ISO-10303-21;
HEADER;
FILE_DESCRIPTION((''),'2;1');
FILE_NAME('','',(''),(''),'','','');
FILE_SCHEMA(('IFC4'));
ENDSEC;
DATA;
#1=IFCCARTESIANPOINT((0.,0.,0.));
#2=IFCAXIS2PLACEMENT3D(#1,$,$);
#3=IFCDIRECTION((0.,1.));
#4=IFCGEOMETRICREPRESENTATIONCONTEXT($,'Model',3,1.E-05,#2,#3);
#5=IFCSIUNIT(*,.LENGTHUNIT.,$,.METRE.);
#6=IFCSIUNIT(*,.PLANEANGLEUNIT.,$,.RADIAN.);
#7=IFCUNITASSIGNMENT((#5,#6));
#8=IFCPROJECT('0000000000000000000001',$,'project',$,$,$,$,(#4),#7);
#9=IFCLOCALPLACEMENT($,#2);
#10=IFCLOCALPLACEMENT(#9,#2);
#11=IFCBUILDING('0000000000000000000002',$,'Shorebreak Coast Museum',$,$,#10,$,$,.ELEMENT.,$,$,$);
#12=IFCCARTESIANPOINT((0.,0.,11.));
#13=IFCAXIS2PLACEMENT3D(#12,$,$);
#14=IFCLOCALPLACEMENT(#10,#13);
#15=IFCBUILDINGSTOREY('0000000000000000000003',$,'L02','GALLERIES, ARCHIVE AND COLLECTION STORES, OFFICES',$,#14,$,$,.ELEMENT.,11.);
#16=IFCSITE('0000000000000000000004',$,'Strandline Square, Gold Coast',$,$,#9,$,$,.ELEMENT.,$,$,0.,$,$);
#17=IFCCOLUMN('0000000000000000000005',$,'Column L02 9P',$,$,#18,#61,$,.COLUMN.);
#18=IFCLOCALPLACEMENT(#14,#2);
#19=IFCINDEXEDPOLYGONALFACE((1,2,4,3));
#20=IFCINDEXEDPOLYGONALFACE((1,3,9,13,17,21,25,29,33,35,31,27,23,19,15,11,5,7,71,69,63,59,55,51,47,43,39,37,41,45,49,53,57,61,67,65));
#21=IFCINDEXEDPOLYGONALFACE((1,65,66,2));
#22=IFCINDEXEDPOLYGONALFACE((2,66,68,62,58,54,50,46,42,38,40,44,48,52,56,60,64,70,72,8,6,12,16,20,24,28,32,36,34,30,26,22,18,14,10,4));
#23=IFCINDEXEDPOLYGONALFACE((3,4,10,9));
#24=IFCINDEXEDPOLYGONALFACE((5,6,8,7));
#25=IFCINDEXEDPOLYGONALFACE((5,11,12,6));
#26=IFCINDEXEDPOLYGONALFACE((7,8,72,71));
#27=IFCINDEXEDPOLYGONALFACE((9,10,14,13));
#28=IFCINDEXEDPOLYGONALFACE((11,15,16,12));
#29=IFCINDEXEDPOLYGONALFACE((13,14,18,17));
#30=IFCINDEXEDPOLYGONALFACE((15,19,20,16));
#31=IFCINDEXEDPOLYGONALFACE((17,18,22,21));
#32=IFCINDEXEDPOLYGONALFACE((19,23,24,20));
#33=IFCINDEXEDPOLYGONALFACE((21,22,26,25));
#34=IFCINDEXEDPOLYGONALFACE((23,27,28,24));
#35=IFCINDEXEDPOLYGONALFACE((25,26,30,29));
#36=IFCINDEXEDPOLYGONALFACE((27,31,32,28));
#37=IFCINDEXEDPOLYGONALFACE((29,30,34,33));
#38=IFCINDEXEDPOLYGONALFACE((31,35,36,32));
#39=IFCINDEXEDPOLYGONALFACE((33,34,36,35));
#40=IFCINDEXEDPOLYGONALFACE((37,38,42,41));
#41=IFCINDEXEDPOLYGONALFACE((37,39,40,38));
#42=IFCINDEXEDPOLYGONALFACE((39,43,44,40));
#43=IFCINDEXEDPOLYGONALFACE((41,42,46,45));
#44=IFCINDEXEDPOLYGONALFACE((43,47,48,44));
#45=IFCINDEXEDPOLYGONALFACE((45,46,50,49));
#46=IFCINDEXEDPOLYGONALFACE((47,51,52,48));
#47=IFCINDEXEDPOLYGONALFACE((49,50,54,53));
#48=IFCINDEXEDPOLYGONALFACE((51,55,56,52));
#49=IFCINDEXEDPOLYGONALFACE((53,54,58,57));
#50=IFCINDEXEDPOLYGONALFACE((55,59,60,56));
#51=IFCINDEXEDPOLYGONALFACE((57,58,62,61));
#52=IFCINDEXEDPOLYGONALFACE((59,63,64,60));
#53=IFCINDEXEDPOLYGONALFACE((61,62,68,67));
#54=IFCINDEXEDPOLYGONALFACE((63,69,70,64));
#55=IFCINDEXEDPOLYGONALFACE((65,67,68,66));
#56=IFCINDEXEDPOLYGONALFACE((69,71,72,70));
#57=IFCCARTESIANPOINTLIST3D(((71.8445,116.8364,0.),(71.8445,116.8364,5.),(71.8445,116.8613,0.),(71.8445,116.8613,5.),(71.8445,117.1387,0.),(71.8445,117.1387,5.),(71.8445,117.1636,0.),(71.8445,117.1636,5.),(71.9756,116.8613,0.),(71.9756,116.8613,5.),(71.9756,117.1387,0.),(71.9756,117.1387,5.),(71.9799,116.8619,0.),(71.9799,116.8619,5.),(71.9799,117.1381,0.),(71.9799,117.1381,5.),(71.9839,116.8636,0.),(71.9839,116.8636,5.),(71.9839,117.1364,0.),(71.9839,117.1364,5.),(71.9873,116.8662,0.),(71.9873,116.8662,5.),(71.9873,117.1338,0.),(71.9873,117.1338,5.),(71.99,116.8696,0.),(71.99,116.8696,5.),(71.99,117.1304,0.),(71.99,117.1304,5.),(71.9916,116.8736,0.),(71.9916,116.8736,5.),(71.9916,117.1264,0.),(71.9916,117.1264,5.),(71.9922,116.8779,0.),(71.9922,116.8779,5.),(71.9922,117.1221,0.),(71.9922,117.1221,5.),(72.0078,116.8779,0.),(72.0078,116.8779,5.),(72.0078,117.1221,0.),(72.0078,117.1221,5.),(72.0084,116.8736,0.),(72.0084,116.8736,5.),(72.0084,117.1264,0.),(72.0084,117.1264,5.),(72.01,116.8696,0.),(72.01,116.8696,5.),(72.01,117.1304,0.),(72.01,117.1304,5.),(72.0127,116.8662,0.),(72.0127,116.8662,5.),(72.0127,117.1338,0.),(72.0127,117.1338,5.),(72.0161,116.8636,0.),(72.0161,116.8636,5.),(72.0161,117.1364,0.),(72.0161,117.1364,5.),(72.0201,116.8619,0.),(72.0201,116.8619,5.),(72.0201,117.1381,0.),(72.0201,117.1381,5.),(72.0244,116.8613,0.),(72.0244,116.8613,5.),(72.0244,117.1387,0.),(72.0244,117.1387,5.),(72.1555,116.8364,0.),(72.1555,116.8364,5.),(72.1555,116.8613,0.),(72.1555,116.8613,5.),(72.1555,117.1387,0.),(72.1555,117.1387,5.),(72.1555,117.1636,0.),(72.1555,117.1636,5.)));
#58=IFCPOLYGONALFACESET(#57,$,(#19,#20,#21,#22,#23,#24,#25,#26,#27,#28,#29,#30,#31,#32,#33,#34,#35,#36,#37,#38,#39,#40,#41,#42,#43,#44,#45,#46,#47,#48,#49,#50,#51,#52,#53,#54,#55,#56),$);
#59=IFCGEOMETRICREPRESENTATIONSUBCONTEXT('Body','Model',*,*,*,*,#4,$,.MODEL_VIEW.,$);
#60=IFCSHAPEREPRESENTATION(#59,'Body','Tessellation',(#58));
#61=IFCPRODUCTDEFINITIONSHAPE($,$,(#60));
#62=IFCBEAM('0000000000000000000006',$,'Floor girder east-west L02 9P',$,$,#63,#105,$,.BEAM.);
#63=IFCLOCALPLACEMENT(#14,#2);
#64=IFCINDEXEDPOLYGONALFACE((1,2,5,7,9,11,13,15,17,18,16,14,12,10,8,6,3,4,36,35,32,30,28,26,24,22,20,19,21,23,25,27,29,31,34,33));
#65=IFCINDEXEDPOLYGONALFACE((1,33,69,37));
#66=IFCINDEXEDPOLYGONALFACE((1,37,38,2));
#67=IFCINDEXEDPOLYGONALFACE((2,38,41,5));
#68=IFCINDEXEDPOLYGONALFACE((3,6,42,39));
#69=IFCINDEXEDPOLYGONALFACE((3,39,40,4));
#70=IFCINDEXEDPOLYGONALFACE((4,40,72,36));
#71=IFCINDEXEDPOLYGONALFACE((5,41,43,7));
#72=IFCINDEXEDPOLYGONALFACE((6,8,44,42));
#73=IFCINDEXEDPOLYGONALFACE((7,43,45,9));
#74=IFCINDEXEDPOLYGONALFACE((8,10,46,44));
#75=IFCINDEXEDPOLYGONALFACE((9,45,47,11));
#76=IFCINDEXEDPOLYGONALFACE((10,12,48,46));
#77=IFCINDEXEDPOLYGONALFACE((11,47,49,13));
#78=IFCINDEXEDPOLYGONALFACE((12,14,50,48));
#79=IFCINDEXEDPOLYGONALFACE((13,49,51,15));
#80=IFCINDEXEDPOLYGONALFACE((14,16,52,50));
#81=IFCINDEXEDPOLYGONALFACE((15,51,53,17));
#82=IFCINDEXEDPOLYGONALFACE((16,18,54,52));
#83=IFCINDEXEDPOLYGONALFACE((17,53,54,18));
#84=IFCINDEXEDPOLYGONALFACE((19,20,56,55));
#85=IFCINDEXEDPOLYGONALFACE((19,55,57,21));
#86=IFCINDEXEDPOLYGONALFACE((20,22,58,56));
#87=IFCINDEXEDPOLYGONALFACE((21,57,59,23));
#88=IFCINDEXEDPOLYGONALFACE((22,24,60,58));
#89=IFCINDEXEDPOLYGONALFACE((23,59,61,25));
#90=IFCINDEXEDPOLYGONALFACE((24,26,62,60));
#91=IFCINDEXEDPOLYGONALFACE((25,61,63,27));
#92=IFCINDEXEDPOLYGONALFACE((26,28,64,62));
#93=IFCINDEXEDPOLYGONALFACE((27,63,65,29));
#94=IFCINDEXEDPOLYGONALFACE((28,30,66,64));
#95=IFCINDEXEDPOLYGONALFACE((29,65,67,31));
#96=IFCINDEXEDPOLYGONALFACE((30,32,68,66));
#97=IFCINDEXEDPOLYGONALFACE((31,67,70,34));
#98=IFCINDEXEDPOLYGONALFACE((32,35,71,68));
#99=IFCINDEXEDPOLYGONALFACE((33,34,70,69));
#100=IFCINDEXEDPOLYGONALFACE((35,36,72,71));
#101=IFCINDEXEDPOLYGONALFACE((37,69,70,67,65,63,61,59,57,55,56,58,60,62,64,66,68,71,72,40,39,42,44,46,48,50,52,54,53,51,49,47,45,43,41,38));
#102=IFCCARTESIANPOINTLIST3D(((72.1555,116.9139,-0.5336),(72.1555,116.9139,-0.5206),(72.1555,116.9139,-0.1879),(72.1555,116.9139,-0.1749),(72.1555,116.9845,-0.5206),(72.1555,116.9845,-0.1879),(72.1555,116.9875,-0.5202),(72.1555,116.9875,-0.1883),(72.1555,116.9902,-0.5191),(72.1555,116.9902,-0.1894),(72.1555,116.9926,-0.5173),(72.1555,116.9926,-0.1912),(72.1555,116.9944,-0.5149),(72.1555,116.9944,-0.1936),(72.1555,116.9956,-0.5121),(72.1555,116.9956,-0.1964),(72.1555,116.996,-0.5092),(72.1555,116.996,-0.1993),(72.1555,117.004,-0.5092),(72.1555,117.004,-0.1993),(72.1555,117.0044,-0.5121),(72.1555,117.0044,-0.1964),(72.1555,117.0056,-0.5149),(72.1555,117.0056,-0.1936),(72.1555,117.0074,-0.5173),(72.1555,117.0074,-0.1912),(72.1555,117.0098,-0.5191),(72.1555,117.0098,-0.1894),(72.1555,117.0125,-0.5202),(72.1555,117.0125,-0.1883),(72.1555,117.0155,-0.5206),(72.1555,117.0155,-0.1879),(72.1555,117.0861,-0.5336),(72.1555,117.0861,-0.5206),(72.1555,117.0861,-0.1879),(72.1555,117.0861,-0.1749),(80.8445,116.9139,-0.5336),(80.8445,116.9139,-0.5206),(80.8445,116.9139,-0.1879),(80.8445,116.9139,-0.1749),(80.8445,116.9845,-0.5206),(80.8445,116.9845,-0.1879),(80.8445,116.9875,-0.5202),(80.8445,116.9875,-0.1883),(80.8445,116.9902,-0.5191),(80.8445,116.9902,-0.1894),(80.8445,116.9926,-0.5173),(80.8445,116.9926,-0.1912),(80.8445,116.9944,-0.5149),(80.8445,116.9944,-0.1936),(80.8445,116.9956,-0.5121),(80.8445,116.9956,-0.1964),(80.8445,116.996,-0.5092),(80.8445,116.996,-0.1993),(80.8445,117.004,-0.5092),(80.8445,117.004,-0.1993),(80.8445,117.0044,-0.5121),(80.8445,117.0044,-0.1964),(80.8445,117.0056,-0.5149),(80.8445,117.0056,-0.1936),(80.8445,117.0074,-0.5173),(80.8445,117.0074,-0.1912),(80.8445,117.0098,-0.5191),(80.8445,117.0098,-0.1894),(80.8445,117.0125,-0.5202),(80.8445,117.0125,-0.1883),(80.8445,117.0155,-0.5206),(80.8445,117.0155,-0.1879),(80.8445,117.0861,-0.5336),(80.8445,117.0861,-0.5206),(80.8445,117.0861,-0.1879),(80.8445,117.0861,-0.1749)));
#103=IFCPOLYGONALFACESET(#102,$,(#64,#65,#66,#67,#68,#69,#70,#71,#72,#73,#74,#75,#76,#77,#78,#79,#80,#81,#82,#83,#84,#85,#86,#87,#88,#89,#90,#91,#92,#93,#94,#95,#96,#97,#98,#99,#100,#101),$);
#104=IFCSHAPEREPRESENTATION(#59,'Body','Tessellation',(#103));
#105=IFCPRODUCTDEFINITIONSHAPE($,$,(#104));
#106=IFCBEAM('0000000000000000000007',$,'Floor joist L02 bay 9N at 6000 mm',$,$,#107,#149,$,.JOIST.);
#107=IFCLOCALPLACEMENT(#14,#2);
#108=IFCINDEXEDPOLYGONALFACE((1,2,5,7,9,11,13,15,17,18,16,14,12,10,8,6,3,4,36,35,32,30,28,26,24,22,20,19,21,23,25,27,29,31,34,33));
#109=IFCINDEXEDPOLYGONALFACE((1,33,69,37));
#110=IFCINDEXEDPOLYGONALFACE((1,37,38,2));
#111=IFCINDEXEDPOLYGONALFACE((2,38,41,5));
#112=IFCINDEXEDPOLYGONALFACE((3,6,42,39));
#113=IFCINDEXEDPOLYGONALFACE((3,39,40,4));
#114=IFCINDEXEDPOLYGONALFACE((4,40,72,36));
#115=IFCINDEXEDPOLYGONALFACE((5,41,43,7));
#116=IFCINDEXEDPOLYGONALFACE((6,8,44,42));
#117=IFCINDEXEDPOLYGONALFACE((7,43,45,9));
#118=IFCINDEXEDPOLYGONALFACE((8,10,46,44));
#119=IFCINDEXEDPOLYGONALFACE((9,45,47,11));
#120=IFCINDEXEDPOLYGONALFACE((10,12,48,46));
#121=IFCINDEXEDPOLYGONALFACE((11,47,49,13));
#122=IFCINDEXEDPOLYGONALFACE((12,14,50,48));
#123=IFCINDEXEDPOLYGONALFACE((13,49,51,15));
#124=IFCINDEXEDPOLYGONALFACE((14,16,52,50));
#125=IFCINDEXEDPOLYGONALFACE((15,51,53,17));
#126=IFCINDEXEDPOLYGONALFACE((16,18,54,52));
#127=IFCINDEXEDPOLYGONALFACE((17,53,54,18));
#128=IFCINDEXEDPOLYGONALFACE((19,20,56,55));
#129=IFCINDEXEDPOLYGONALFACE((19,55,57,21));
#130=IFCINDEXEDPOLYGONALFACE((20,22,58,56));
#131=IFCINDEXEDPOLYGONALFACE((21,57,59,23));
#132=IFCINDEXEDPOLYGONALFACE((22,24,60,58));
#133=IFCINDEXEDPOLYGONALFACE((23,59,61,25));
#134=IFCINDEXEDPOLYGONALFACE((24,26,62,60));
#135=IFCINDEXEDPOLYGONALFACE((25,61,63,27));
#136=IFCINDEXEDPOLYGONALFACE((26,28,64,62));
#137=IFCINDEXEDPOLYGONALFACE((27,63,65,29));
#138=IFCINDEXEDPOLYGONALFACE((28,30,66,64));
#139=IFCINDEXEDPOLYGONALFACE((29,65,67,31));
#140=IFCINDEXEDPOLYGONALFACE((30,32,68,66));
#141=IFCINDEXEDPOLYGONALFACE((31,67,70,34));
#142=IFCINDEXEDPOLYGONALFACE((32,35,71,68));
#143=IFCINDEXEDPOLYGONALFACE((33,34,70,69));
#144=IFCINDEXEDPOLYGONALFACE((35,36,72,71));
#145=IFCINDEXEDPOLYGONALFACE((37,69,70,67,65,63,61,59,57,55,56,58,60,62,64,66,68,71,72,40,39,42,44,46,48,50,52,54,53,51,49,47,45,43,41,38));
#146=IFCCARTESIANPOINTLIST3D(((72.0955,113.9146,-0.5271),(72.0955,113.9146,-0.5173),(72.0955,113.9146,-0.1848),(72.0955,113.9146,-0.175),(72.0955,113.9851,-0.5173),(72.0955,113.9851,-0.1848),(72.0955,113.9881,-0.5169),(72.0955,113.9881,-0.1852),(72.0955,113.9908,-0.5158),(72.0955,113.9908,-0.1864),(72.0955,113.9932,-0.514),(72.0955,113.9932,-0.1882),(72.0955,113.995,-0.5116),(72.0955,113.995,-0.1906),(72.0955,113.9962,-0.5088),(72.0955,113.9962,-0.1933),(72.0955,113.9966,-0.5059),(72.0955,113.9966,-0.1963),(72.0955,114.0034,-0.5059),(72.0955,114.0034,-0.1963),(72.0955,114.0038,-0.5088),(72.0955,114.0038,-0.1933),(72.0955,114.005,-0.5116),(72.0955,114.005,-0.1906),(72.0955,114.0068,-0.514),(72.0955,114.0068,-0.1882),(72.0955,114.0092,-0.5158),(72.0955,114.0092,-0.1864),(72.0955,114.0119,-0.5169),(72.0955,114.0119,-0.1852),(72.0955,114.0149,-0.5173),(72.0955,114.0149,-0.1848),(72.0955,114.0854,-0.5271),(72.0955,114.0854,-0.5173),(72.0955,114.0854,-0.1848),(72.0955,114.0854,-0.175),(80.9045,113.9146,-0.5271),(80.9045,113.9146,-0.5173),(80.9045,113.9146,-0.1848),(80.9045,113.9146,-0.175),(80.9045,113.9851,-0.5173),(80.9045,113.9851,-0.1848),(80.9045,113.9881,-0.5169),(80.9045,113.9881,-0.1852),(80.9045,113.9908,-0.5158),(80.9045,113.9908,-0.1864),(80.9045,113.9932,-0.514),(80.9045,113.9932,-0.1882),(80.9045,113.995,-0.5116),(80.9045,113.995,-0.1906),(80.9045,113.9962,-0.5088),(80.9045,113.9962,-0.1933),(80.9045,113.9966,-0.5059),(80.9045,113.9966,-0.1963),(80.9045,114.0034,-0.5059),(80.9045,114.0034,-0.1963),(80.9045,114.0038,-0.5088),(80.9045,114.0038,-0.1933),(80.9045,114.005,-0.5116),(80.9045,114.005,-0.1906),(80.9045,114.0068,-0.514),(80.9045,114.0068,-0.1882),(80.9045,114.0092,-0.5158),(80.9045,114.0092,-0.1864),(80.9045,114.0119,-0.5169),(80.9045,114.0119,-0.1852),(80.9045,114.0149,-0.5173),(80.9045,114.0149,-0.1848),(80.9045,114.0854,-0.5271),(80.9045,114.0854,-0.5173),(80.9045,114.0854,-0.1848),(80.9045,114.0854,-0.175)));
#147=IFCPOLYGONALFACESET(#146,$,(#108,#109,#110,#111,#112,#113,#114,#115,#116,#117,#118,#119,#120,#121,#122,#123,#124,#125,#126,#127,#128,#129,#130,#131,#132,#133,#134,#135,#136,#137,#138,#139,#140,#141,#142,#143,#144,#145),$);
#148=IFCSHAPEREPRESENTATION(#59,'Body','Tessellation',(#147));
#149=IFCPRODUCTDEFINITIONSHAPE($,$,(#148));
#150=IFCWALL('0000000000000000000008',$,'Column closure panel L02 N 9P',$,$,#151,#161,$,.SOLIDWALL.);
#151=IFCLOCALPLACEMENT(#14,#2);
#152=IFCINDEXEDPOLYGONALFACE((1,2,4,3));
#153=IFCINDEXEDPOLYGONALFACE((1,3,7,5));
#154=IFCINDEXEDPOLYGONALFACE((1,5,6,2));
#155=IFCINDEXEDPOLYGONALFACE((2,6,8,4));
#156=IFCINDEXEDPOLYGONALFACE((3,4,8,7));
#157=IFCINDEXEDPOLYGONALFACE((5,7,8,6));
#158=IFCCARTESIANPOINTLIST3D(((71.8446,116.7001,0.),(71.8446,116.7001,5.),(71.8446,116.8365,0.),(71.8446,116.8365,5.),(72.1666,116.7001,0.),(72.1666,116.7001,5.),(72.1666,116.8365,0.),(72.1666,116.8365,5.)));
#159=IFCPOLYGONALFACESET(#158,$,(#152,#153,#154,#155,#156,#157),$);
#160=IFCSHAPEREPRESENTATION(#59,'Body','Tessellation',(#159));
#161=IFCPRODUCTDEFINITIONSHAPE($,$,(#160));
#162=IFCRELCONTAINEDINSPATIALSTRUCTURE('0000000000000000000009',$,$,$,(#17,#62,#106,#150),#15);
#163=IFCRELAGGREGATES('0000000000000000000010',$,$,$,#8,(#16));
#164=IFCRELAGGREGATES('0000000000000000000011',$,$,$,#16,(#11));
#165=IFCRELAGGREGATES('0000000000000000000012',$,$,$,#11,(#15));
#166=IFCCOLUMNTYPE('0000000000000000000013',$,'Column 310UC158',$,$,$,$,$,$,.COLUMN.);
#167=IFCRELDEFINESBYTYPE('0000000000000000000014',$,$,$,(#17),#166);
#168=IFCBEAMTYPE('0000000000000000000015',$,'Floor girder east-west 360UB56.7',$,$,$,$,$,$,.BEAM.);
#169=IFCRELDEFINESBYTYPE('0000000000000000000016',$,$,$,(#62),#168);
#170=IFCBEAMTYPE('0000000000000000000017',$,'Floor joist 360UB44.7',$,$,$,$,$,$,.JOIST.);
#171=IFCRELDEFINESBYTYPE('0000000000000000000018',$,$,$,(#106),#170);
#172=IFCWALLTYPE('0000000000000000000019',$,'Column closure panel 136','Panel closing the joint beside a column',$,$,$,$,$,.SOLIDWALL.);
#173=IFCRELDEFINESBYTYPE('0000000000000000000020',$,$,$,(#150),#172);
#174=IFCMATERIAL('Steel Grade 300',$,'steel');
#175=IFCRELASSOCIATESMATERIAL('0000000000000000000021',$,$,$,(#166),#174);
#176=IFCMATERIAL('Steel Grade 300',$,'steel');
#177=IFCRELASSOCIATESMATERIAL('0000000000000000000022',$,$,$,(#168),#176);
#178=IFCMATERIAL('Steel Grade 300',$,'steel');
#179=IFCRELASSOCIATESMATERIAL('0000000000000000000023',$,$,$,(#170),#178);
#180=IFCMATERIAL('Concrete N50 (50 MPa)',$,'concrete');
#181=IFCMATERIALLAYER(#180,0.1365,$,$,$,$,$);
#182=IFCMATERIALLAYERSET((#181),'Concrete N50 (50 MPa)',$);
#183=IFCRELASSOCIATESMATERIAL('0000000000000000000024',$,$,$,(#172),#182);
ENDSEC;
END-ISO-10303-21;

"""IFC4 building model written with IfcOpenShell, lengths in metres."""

from ifc_helpers import new_model, si_unit, direction, frame, frame_2d, origin, origin_2d, place, context, subcontext, project, spatial, rectangle, i_section, extrude, material, layer, layer_set, material_profile, profile_set, type_object, element, save


model = new_model("IFC4")

# Units and contexts
model_context = context("Model", 3, precision=1e-05, world=origin(), true_north=direction((0.0, 1.0)))
body_context = subcontext(model_context, "Body", "Model", "MODEL_VIEW")
ifc_project = project(units=[si_unit("LENGTHUNIT", "METRE"), si_unit("PLANEANGLEUNIT", "RADIAN")], contexts=[model_context])

# Site, building, storey
site_placement = place(None, origin())
site = spatial("IfcSite", under=ifc_project, at=site_placement, Name="Strandline Square, Gold Coast", CompositionType="ELEMENT", RefElevation=0.0)
building_placement = place(site_placement, origin())
building = spatial("IfcBuilding", under=site, at=building_placement, Name="Shorebreak Coast Museum", CompositionType="ELEMENT")
storey_placement = place(building_placement, frame((0.0, 0.0, 11.0)))
storey = spatial("IfcBuildingStorey", under=building, at=storey_placement, Name="L02", Description="GALLERIES, ARCHIVE AND COLLECTION STORES, OFFICES", CompositionType="ELEMENT", Elevation=11.0)

# Column
ifc_material_1 = material(Name="Steel Grade 300", Category="steel")
ifc_material_profile_1 = material_profile(ifc_material_1, i_section(OverallWidth=0.311, OverallDepth=0.3271, WebThickness=0.0156, FlangeThickness=0.0249, FilletRadius=0.0166, at=origin_2d()), Name="310UC158")
ifc_profile_set_1 = profile_set([ifc_material_profile_1], Name="Steel Grade 300")
column_type = type_object("IfcColumnType", Name="Column 310UC158", PredefinedType="COLUMN", material=ifc_profile_set_1)
column_placement = place(storey_placement, frame((72.0, 117.0, 0.0), z_axis=(0.0, 0.0, 1.0), x_axis=(1.0, 0.0, 0.0)))
element("IfcColumn", 1, at=column_placement, inside=storey, type_object=column_type, Name="Column L02 9P", PredefinedType="COLUMN", context=body_context, shape_type="SweptSolid", body=[
    extrude(i_section(OverallWidth=0.311, OverallDepth=0.3271, WebThickness=0.0156, FlangeThickness=0.0249, FilletRadius=0.0166, at=origin_2d()), origin(), (0.0, 0.0, 1.0), 5.0),
])

# Beams
ifc_material_2 = material(Name="Steel Grade 300", Category="steel")
ifc_material_profile_2 = material_profile(ifc_material_2, i_section(OverallWidth=0.1721, OverallDepth=0.3586, WebThickness=0.0081, FlangeThickness=0.0129, FilletRadius=0.0115, at=origin_2d()), Name="360UB56.7")
ifc_profile_set_2 = profile_set([ifc_material_profile_2], Name="Steel Grade 300")
beam_type_1 = type_object("IfcBeamType", Name="Floor girder east-west 360UB56.7", PredefinedType="BEAM", material=ifc_profile_set_2)
beam_1_placement = place(storey_placement, frame((72.1555, 117.0, -0.3542), z_axis=(1.0, 0.0, 0.0), x_axis=(0.0, 1.0, 0.0)))
element("IfcBeam", 2, at=beam_1_placement, inside=storey, type_object=beam_type_1, Name="Floor girder east-west L02 9P", PredefinedType="BEAM", context=body_context, shape_type="SweptSolid", body=[
    extrude(i_section(OverallWidth=0.1721, OverallDepth=0.3586, WebThickness=0.0081, FlangeThickness=0.0129, FilletRadius=0.0115, at=origin_2d()), origin(), (0.0, 0.0, 1.0), 8.689),
])
ifc_material_3 = material(Name="Steel Grade 300", Category="steel")
ifc_material_profile_3 = material_profile(ifc_material_3, i_section(OverallWidth=0.1709, OverallDepth=0.3521, WebThickness=0.0068, FlangeThickness=0.0098, FilletRadius=0.0115, at=origin_2d()), Name="360UB44.7")
ifc_profile_set_3 = profile_set([ifc_material_profile_3], Name="Steel Grade 300")
beam_type_2 = type_object("IfcBeamType", Name="Floor joist 360UB44.7", PredefinedType="JOIST", material=ifc_profile_set_3)
beam_2_placement = place(storey_placement, frame((72.0955, 114.0, -0.3511), z_axis=(1.0, 0.0, 0.0), x_axis=(0.0, 1.0, 0.0)))
element("IfcBeam", 3, at=beam_2_placement, inside=storey, type_object=beam_type_2, Name="Floor joist L02 bay 9N at 6000 mm", PredefinedType="JOIST", context=body_context, shape_type="SweptSolid", body=[
    extrude(i_section(OverallWidth=0.1709, OverallDepth=0.3521, WebThickness=0.0068, FlangeThickness=0.0098, FilletRadius=0.0115, at=origin_2d()), origin(), (0.0, 0.0, 1.0), 8.8091),
])

# Wall
ifc_material_4 = material(Name="Concrete N50 (50 MPa)", Category="concrete")
ifc_layer_1 = layer(ifc_material_4, 0.1365)
ifc_layer_set_1 = layer_set([ifc_layer_1], Name="Concrete N50 (50 MPa)")
wall_type_1 = type_object("IfcWallType", Name="Column closure panel 136", Description="Panel closing the joint beside a column", PredefinedType="SOLIDWALL", material=ifc_layer_set_1)
wall_1_placement = place(storey_placement, frame((71.8445, 116.7683, 0.0), z_axis=(0.0, 0.0, 1.0), x_axis=(1.0, 0.0, 0.0)))
element("IfcWall", 4, at=wall_1_placement, inside=storey, type_object=wall_type_1, Name="Column closure panel L02 N 9P", PredefinedType="SOLIDWALL", context=body_context, shape_type="SweptSolid", body=[
    extrude(rectangle(XDim=0.322, YDim=0.1365, at=frame_2d((0.1611, 0.0))), origin(), (0.0, 0.0, 1.0), 5.0),
])

save(model, "model.ifc")
